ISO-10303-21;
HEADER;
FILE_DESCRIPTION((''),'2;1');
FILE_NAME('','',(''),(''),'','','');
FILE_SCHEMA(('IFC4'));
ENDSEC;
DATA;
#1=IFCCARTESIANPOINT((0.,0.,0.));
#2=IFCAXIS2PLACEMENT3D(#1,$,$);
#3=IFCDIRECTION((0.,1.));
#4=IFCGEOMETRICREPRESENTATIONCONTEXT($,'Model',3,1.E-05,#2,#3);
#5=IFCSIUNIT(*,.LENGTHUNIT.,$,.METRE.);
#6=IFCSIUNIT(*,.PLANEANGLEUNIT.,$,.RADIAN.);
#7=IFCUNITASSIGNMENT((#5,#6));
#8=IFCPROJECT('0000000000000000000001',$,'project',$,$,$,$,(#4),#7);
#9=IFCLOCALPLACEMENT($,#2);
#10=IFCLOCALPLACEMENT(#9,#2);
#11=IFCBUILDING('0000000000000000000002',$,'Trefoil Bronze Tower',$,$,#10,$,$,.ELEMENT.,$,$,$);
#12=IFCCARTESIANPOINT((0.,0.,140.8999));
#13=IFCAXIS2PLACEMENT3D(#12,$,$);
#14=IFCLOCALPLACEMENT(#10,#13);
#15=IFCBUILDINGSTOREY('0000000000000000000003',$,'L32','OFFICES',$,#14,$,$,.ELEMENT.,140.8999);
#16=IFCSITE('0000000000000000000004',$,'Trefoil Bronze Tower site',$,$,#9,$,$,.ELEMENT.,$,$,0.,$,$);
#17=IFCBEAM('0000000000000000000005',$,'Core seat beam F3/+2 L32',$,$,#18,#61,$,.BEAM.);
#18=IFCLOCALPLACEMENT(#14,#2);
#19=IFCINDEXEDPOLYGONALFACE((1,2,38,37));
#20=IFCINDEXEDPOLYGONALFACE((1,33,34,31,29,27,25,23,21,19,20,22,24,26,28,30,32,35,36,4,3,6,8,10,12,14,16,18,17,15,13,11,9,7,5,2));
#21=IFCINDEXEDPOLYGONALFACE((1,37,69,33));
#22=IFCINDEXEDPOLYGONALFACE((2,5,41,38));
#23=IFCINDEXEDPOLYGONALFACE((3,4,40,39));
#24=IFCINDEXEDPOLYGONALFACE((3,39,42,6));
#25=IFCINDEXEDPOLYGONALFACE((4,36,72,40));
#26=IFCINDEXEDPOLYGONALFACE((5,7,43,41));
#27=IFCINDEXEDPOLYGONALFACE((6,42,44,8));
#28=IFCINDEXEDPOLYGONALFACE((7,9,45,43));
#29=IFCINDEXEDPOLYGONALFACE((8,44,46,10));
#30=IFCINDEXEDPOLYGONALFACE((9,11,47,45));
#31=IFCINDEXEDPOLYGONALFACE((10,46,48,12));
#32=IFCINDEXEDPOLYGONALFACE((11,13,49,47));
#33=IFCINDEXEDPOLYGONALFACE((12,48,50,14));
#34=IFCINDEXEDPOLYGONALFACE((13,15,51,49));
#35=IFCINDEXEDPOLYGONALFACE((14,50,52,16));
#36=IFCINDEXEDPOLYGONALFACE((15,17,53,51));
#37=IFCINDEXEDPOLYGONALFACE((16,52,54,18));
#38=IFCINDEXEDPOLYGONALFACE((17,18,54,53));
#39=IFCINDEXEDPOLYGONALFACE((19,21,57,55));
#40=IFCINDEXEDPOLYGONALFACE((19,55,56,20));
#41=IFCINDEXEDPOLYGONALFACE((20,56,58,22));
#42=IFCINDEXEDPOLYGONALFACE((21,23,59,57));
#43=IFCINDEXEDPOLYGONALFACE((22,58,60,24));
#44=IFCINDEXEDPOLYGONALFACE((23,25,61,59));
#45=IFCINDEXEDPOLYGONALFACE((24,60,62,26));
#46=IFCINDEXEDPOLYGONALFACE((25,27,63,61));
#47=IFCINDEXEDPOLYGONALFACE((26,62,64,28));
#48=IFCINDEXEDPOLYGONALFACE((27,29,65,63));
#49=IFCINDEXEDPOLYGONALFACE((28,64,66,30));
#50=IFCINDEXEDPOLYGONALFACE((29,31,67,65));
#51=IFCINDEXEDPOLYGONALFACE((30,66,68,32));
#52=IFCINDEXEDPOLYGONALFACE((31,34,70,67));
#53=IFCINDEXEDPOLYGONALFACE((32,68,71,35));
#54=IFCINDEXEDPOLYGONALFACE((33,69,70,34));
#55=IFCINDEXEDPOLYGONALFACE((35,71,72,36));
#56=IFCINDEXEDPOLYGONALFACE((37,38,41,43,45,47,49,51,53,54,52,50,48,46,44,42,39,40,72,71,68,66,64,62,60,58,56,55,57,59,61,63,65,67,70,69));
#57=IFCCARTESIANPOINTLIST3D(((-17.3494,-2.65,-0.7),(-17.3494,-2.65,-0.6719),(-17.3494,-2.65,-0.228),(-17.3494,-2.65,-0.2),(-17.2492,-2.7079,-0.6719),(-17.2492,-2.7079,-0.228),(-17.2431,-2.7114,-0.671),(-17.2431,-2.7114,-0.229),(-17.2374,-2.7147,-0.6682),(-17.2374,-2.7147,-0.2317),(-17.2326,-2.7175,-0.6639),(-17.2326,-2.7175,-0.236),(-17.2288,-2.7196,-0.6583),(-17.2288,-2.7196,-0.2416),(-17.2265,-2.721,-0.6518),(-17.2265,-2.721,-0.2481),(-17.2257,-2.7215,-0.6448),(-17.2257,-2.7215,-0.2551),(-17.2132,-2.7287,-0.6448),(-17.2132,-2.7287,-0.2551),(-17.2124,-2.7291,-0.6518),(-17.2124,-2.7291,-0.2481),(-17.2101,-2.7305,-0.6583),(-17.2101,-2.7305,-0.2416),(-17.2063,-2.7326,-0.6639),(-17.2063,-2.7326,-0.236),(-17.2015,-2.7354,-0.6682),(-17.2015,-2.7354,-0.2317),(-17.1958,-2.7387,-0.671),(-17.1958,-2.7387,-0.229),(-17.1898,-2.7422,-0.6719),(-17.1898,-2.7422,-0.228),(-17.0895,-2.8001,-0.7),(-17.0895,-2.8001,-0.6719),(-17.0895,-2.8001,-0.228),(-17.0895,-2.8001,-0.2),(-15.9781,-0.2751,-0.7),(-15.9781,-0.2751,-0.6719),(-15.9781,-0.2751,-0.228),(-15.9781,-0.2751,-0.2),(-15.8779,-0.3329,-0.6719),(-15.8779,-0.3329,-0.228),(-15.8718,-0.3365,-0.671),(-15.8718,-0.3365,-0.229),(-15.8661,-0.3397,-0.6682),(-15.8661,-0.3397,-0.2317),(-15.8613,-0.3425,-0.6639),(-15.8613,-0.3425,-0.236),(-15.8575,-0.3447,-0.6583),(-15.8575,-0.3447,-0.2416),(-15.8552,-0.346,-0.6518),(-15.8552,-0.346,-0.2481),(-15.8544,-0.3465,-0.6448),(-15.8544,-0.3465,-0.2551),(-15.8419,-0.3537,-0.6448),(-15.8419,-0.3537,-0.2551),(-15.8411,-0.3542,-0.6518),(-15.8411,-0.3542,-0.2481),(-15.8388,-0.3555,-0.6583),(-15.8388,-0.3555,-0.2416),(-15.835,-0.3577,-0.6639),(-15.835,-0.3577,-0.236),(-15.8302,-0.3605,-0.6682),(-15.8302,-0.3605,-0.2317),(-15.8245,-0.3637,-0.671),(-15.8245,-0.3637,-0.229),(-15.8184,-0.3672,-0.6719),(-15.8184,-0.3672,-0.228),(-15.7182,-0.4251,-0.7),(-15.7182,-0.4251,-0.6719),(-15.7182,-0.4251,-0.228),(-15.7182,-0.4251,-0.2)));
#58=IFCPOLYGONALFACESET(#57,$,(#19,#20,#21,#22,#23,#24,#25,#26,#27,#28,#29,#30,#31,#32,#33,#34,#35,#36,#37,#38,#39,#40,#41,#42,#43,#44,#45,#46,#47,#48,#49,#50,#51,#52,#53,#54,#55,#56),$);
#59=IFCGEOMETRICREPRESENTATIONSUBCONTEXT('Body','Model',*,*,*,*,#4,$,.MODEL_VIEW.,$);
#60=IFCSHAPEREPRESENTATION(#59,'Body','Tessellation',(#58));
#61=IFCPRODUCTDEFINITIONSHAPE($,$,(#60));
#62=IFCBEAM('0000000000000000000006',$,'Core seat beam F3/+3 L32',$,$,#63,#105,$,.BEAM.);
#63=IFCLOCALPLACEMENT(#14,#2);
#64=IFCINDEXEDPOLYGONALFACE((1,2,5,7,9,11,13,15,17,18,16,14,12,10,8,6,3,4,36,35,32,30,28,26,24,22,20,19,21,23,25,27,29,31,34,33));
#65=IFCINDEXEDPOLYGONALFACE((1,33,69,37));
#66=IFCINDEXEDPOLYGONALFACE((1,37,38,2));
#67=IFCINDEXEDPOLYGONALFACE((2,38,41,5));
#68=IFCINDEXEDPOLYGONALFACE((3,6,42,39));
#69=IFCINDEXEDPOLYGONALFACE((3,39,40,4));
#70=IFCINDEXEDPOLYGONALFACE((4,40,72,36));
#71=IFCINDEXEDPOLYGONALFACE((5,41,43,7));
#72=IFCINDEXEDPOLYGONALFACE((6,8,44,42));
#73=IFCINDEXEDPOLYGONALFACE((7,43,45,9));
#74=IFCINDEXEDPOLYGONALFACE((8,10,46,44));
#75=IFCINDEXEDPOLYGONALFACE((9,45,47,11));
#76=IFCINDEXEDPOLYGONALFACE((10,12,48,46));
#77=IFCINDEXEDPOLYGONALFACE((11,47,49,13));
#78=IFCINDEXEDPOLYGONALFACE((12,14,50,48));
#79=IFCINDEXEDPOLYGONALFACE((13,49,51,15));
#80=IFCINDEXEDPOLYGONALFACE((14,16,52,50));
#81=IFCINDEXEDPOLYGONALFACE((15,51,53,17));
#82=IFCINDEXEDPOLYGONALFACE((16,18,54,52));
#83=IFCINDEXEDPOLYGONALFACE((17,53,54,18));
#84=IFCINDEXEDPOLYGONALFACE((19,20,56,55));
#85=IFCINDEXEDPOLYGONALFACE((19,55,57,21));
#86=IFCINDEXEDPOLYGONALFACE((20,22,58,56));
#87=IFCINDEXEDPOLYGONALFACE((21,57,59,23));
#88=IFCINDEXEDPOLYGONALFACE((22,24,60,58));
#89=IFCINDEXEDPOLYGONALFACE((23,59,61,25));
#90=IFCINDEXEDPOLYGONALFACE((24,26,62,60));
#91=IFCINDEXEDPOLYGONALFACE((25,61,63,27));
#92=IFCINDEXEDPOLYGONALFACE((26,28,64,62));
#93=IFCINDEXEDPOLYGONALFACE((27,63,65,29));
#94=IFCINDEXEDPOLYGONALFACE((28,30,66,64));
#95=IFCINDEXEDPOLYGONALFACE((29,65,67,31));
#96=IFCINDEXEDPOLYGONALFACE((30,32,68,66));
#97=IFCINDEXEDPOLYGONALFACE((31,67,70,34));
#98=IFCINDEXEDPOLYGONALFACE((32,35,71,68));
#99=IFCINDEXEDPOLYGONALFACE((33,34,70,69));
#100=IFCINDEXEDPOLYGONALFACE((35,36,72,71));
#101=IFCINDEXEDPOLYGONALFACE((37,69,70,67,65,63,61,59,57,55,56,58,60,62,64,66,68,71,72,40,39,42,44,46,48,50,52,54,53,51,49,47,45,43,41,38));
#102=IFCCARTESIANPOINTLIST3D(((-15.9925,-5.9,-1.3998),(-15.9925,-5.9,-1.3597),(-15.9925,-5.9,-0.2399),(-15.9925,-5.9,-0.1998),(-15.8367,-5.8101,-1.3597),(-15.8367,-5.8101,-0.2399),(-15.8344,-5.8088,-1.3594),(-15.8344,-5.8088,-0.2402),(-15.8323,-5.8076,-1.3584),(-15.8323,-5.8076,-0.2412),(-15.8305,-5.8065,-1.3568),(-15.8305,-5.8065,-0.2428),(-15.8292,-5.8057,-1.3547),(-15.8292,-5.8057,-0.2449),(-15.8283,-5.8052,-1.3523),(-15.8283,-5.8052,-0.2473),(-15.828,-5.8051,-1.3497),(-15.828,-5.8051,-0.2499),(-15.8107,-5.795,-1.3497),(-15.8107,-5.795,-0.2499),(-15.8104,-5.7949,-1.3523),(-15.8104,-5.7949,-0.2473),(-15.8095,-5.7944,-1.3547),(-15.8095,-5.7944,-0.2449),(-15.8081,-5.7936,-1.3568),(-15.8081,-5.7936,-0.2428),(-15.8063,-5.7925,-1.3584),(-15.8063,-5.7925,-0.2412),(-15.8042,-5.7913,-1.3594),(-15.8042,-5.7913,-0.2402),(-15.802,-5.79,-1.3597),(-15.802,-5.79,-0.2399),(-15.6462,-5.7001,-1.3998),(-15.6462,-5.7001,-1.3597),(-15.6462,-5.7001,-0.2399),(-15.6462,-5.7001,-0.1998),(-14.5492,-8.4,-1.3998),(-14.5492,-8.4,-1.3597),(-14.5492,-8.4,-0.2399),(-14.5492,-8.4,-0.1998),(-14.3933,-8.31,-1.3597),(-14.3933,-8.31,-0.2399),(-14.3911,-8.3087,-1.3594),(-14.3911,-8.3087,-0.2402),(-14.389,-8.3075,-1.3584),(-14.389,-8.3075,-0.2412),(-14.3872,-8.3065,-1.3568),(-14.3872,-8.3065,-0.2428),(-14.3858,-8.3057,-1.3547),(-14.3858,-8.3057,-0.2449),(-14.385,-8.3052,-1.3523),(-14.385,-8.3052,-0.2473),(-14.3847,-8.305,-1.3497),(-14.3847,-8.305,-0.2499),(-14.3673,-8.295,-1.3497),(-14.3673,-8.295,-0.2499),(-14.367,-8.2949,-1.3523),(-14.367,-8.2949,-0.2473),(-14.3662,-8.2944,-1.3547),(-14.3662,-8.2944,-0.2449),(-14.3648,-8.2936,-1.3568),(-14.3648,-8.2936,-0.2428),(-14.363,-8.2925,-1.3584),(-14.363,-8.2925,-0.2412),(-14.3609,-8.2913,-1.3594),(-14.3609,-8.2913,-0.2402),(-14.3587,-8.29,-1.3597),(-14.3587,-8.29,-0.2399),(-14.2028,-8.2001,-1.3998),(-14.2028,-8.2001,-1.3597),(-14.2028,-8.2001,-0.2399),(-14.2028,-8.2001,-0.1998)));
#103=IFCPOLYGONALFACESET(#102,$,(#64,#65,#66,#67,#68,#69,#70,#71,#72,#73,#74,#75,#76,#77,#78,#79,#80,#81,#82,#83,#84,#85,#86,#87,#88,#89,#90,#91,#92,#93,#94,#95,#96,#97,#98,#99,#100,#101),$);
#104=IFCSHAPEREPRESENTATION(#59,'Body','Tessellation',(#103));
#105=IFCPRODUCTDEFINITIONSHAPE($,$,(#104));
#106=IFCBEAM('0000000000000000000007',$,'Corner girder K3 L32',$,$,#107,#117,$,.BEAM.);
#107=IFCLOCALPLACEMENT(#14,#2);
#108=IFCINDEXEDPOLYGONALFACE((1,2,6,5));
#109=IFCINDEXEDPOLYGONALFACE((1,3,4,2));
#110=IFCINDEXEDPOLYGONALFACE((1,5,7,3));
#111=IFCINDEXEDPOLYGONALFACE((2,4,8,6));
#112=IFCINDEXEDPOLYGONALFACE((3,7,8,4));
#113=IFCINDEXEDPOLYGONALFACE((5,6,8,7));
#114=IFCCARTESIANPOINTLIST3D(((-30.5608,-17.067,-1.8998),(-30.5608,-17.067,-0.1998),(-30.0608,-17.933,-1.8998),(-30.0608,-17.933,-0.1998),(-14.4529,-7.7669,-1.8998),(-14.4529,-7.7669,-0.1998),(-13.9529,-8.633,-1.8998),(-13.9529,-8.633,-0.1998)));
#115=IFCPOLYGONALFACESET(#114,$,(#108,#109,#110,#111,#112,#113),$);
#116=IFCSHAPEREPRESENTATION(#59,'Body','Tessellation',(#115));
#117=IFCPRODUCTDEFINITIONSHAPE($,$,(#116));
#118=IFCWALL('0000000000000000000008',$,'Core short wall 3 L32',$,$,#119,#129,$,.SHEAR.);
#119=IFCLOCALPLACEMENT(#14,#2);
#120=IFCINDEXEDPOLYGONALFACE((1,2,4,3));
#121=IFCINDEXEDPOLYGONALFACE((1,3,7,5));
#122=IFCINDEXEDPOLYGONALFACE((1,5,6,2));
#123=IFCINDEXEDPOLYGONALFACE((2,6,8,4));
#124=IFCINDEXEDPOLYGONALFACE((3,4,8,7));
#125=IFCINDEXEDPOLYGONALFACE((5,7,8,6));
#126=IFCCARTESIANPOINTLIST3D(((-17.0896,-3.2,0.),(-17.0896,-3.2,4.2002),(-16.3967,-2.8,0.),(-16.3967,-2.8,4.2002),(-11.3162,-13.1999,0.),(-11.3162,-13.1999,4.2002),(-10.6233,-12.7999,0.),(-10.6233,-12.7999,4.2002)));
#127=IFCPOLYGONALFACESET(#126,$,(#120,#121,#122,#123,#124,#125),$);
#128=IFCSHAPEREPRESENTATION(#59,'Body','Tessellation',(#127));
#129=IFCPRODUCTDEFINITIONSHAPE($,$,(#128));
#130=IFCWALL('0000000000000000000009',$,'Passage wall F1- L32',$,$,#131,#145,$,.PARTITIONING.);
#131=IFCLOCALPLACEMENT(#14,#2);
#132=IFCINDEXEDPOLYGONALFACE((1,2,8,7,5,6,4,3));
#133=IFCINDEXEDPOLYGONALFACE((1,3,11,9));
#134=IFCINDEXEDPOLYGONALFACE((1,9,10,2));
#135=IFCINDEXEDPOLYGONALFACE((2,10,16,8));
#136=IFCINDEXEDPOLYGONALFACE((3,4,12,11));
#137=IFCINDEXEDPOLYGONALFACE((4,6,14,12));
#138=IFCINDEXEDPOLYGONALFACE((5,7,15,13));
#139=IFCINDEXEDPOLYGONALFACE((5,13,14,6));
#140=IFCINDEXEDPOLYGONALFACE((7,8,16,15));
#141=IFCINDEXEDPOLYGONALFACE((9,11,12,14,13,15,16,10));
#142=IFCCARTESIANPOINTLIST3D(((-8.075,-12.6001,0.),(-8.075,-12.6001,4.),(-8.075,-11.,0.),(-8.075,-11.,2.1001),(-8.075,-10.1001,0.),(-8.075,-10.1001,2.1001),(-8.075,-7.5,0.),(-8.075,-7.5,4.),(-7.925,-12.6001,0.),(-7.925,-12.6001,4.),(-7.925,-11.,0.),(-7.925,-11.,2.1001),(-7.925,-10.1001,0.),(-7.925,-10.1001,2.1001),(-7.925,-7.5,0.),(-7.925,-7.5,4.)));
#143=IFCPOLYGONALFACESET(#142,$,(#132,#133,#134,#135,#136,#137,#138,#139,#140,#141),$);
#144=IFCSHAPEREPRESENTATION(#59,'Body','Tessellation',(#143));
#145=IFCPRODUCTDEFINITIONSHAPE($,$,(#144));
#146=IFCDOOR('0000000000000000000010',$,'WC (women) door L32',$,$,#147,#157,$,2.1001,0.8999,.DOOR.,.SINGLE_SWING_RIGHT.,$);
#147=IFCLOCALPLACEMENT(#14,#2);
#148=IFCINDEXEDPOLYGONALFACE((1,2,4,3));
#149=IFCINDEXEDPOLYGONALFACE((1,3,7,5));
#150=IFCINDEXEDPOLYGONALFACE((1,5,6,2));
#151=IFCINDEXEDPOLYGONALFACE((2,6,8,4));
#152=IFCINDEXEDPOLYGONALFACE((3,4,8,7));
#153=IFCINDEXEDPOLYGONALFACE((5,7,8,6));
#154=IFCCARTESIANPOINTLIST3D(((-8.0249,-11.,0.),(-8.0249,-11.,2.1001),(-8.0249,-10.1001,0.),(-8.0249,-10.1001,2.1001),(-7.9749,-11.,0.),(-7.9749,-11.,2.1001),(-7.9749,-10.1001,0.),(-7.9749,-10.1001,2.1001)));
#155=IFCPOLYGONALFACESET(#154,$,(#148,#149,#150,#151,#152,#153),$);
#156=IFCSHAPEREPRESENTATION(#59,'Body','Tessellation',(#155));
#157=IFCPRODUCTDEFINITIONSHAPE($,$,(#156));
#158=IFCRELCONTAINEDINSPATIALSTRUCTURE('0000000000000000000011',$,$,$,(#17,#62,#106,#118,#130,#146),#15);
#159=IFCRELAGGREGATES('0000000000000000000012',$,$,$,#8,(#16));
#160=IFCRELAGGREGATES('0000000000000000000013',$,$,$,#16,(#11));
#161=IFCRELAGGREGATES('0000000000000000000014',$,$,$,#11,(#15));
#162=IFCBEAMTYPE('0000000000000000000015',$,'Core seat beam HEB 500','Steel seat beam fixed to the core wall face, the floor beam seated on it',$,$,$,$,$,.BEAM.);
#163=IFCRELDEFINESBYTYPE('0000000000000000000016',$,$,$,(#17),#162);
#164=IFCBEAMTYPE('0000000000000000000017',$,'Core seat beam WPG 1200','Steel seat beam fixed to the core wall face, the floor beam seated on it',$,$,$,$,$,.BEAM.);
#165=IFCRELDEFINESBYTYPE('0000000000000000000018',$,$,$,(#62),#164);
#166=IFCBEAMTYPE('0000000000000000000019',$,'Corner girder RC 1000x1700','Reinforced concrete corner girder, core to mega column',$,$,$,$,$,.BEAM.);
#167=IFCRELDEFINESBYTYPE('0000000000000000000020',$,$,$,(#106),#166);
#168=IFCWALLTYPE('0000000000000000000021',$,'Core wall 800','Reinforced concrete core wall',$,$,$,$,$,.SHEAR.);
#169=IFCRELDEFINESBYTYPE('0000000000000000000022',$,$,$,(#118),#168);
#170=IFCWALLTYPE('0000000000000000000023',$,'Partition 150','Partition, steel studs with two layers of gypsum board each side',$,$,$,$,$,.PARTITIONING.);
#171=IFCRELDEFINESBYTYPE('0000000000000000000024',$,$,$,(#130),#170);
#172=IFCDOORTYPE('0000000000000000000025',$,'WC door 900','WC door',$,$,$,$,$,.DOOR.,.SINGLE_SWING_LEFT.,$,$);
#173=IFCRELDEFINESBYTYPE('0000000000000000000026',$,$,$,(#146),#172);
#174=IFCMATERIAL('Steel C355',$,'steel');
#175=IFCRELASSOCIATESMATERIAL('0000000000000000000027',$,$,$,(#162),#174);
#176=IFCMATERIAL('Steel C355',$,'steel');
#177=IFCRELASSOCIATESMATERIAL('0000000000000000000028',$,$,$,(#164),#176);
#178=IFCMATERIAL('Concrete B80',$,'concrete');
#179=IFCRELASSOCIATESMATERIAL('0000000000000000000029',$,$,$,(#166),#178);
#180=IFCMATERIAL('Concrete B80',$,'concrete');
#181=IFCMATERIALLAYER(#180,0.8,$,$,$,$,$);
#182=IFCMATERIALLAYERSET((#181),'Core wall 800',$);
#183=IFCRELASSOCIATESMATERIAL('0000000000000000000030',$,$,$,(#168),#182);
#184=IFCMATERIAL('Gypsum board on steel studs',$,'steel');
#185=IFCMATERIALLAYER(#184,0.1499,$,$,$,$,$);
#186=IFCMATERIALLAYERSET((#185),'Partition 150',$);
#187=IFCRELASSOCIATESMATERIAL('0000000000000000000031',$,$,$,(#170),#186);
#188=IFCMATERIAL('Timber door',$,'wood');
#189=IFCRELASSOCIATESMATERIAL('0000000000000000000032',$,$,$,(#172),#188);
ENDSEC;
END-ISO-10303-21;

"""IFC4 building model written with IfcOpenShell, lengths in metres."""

from ifc_helpers import new_model, si_unit, direction, frame, frame_2d, origin, origin_2d, place, context, subcontext, project, spatial, rectangle, i_section, extrude, material, layer, layer_set, material_profile, profile_set, type_object, element, fill, save


model = new_model("IFC4")

# Units and contexts
model_context = context("Model", 3, precision=1e-05, world=origin(), true_north=direction((0.0, 1.0)))
body_context = subcontext(model_context, "Body", "Model", "MODEL_VIEW")
ifc_project = project(units=[si_unit("LENGTHUNIT", "METRE"), si_unit("PLANEANGLEUNIT", "RADIAN")], contexts=[model_context])

# Site, building, storey
site_placement = place(None, origin())
site = spatial("IfcSite", under=ifc_project, at=site_placement, Name="Trefoil Bronze Tower site", CompositionType="ELEMENT", RefElevation=0.0)
building_placement = place(site_placement, origin())
building = spatial("IfcBuilding", under=site, at=building_placement, Name="Trefoil Bronze Tower", CompositionType="ELEMENT")
storey_placement = place(building_placement, frame((0.0, 0.0, 140.8999)))
storey = spatial("IfcBuildingStorey", under=building, at=storey_placement, Name="L32", Description="OFFICES", CompositionType="ELEMENT", Elevation=140.8999)

# Beams
ifc_material_1 = material(Name="Steel C355", Category="steel")
ifc_material_profile_1 = material_profile(ifc_material_1, i_section(OverallWidth=0.3, OverallDepth=0.5, WebThickness=0.0144, FlangeThickness=0.0281, FilletRadius=0.0271, at=origin_2d()), Name="HEB 500")
ifc_profile_set_1 = profile_set([ifc_material_profile_1], Name="Steel C355")
beam_type_1 = type_object("IfcBeamType", Name="Core seat beam HEB 500", Description="Steel seat beam fixed to the core wall face, the floor beam seated on it", PredefinedType="BEAM", material=ifc_profile_set_1)
beam_1_placement = place(storey_placement, frame((-15.8481, -0.3501, -0.45), z_axis=(-0.500036, -0.866005, 0.0), x_axis=(0.866005, -0.500036, 0.0)))
element("IfcBeam", 1, at=beam_1_placement, inside=storey, type_object=beam_type_1, Name="Core seat beam F3/+2 L32", PredefinedType="BEAM", context=body_context, shape_type="SweptSolid", body=[
    extrude(i_section(OverallWidth=0.3, OverallDepth=0.5, WebThickness=0.0144, FlangeThickness=0.0281, FilletRadius=0.0271, at=origin_2d()), origin(), (0.0, 0.0, 1.0), 2.7424),
])
ifc_material_2 = material(Name="Steel C355", Category="steel")
ifc_material_profile_2 = material_profile(ifc_material_2, i_section(OverallWidth=0.3999, OverallDepth=1.2, WebThickness=0.02, FlangeThickness=0.04, FilletRadius=0.01, at=origin_2d()), Name="WPG 1200")
ifc_profile_set_2 = profile_set([ifc_material_profile_2], Name="Steel C355")
beam_type_2 = type_object("IfcBeamType", Name="Core seat beam WPG 1200", Description="Steel seat beam fixed to the core wall face, the floor beam seated on it", PredefinedType="BEAM", material=ifc_profile_set_2)
beam_2_placement = place(storey_placement, frame((-15.8193, -5.8, -0.7998), z_axis=(0.499996, -0.866028, 0.0), x_axis=(0.866028, 0.499996, 0.0)))
element("IfcBeam", 2, at=beam_2_placement, inside=storey, type_object=beam_type_2, Name="Core seat beam F3/+3 L32", PredefinedType="BEAM", context=body_context, shape_type="SweptSolid", body=[
    extrude(i_section(OverallWidth=0.3999, OverallDepth=1.2, WebThickness=0.02, FlangeThickness=0.04, FilletRadius=0.01, at=origin_2d()), origin(), (0.0, 0.0, 1.0), 2.8867),
])
ifc_material_3 = material(Name="Concrete B80", Category="concrete")
ifc_material_profile_3 = material_profile(ifc_material_3, rectangle(XDim=1.0, YDim=1.7, at=origin_2d()), Name="RC 1000x1700")
ifc_profile_set_3 = profile_set([ifc_material_profile_3], Name="Concrete B80")
beam_type_3 = type_object("IfcBeamType", Name="Corner girder RC 1000x1700", Description="Reinforced concrete corner girder, core to mega column", PredefinedType="BEAM", material=ifc_profile_set_3)
beam_3_placement = place(storey_placement, frame((-14.2029, -8.2, -1.0498), z_axis=(-0.866022, -0.500006, 0.0), x_axis=(0.500006, -0.866022, 0.0)))
element("IfcBeam", 3, at=beam_3_placement, inside=storey, type_object=beam_type_3, Name="Corner girder K3 L32", PredefinedType="BEAM", context=body_context, shape_type="SweptSolid", body=[
    extrude(rectangle(XDim=1.0, YDim=1.7, at=origin_2d()), origin(), (0.0, 0.0, 1.0), 18.5999),
])

# Wall
ifc_material_4 = material(Name="Concrete B80", Category="concrete")
ifc_layer_1 = layer(ifc_material_4, 0.8)
ifc_layer_set_1 = layer_set([ifc_layer_1], Name="Core wall 800")
wall_type_1 = type_object("IfcWallType", Name="Core wall 800", Description="Reinforced concrete core wall", PredefinedType="SHEAR", material=ifc_layer_set_1)
wall_1_placement = place(storey_placement, frame((-16.7432, -3.0, 0.0), z_axis=(0.0, 0.0, 1.0), x_axis=(0.499996, -0.866028, 0.0)))
element("IfcWall", 4, at=wall_1_placement, inside=storey, type_object=wall_type_1, Name="Core short wall 3 L32", PredefinedType="SHEAR", context=body_context, shape_type="SweptSolid", body=[
    extrude(rectangle(XDim=11.5469, YDim=0.8, at=frame_2d((5.7734, 0.0))), origin(), (0.0, 0.0, 1.0), 4.2002),
])

# Wall, opening, door
ifc_material_5 = material(Name="Gypsum board on steel studs", Category="steel")
ifc_layer_2 = layer(ifc_material_5, 0.1499)
ifc_layer_set_2 = layer_set([ifc_layer_2], Name="Partition 150")
wall_type_2 = type_object("IfcWallType", Name="Partition 150", Description="Partition, steel studs with two layers of gypsum board each side", PredefinedType="PARTITIONING", material=ifc_layer_set_2)
wall_2_placement = place(storey_placement, frame((-8.0, -7.5, 0.0), z_axis=(0.0, 0.0, 1.0), x_axis=(0.0, -1.0, 0.0)))
wall_2 = element("IfcWall", 5, at=wall_2_placement, inside=storey, type_object=wall_type_2, Name="Passage wall F1- L32", PredefinedType="PARTITIONING", context=body_context, shape_type="SweptSolid", body=[
    extrude(rectangle(XDim=5.1001, YDim=0.1499, at=frame_2d((2.55, 0.0))), origin(), (0.0, 0.0, 1.0), 4.0),
])
opening_1_placement = place(wall_2_placement, frame((2.6001, 0.0, 0.0)))
opening_1 = element("IfcOpeningElement", 6, at=opening_1_placement, cuts=wall_2, PredefinedType="OPENING", context=body_context, shape_type="SweptSolid", body=[
    extrude(rectangle(XDim=0.8999, YDim=2.1001, at=frame_2d((0.45, 1.05))), frame((0.0, 0.085, 0.0), z_axis=(0.0, -1.0, 0.0), x_axis=(1.0, 0.0, 0.0)), (0.0, 0.0, 1.0), 0.1699),
])
ifc_material_6 = material(Name="Timber door", Category="wood")
door_type_1 = type_object("IfcDoorType", Name="WC door 900", Description="WC door", OperationType="SINGLE_SWING_LEFT", PredefinedType="DOOR", material=ifc_material_6)
door_1_placement = place(opening_1_placement, frame((0.8999, 0.0, 0.0), z_axis=(0.0, 0.0, 1.0), x_axis=(-1.0, 0.0, 0.0)))
door_1 = element("IfcDoor", 7, at=door_1_placement, inside=storey, type_object=door_type_1, Name="WC (women) door L32", OperationType="SINGLE_SWING_RIGHT", OverallHeight=2.1001, OverallWidth=0.8999, PredefinedType="DOOR", context=body_context, shape_type="SweptSolid", body=[
    extrude(rectangle(XDim=0.8999, YDim=2.1001, at=frame_2d((0.45, 1.05))), frame((0.0, 0.0249, 0.0), z_axis=(0.0, -1.0, 0.0), x_axis=(1.0, 0.0, 0.0)), (0.0, 0.0, 1.0), 0.05),
])
fill(opening_1, door_1)

save(model, "model.ifc")
